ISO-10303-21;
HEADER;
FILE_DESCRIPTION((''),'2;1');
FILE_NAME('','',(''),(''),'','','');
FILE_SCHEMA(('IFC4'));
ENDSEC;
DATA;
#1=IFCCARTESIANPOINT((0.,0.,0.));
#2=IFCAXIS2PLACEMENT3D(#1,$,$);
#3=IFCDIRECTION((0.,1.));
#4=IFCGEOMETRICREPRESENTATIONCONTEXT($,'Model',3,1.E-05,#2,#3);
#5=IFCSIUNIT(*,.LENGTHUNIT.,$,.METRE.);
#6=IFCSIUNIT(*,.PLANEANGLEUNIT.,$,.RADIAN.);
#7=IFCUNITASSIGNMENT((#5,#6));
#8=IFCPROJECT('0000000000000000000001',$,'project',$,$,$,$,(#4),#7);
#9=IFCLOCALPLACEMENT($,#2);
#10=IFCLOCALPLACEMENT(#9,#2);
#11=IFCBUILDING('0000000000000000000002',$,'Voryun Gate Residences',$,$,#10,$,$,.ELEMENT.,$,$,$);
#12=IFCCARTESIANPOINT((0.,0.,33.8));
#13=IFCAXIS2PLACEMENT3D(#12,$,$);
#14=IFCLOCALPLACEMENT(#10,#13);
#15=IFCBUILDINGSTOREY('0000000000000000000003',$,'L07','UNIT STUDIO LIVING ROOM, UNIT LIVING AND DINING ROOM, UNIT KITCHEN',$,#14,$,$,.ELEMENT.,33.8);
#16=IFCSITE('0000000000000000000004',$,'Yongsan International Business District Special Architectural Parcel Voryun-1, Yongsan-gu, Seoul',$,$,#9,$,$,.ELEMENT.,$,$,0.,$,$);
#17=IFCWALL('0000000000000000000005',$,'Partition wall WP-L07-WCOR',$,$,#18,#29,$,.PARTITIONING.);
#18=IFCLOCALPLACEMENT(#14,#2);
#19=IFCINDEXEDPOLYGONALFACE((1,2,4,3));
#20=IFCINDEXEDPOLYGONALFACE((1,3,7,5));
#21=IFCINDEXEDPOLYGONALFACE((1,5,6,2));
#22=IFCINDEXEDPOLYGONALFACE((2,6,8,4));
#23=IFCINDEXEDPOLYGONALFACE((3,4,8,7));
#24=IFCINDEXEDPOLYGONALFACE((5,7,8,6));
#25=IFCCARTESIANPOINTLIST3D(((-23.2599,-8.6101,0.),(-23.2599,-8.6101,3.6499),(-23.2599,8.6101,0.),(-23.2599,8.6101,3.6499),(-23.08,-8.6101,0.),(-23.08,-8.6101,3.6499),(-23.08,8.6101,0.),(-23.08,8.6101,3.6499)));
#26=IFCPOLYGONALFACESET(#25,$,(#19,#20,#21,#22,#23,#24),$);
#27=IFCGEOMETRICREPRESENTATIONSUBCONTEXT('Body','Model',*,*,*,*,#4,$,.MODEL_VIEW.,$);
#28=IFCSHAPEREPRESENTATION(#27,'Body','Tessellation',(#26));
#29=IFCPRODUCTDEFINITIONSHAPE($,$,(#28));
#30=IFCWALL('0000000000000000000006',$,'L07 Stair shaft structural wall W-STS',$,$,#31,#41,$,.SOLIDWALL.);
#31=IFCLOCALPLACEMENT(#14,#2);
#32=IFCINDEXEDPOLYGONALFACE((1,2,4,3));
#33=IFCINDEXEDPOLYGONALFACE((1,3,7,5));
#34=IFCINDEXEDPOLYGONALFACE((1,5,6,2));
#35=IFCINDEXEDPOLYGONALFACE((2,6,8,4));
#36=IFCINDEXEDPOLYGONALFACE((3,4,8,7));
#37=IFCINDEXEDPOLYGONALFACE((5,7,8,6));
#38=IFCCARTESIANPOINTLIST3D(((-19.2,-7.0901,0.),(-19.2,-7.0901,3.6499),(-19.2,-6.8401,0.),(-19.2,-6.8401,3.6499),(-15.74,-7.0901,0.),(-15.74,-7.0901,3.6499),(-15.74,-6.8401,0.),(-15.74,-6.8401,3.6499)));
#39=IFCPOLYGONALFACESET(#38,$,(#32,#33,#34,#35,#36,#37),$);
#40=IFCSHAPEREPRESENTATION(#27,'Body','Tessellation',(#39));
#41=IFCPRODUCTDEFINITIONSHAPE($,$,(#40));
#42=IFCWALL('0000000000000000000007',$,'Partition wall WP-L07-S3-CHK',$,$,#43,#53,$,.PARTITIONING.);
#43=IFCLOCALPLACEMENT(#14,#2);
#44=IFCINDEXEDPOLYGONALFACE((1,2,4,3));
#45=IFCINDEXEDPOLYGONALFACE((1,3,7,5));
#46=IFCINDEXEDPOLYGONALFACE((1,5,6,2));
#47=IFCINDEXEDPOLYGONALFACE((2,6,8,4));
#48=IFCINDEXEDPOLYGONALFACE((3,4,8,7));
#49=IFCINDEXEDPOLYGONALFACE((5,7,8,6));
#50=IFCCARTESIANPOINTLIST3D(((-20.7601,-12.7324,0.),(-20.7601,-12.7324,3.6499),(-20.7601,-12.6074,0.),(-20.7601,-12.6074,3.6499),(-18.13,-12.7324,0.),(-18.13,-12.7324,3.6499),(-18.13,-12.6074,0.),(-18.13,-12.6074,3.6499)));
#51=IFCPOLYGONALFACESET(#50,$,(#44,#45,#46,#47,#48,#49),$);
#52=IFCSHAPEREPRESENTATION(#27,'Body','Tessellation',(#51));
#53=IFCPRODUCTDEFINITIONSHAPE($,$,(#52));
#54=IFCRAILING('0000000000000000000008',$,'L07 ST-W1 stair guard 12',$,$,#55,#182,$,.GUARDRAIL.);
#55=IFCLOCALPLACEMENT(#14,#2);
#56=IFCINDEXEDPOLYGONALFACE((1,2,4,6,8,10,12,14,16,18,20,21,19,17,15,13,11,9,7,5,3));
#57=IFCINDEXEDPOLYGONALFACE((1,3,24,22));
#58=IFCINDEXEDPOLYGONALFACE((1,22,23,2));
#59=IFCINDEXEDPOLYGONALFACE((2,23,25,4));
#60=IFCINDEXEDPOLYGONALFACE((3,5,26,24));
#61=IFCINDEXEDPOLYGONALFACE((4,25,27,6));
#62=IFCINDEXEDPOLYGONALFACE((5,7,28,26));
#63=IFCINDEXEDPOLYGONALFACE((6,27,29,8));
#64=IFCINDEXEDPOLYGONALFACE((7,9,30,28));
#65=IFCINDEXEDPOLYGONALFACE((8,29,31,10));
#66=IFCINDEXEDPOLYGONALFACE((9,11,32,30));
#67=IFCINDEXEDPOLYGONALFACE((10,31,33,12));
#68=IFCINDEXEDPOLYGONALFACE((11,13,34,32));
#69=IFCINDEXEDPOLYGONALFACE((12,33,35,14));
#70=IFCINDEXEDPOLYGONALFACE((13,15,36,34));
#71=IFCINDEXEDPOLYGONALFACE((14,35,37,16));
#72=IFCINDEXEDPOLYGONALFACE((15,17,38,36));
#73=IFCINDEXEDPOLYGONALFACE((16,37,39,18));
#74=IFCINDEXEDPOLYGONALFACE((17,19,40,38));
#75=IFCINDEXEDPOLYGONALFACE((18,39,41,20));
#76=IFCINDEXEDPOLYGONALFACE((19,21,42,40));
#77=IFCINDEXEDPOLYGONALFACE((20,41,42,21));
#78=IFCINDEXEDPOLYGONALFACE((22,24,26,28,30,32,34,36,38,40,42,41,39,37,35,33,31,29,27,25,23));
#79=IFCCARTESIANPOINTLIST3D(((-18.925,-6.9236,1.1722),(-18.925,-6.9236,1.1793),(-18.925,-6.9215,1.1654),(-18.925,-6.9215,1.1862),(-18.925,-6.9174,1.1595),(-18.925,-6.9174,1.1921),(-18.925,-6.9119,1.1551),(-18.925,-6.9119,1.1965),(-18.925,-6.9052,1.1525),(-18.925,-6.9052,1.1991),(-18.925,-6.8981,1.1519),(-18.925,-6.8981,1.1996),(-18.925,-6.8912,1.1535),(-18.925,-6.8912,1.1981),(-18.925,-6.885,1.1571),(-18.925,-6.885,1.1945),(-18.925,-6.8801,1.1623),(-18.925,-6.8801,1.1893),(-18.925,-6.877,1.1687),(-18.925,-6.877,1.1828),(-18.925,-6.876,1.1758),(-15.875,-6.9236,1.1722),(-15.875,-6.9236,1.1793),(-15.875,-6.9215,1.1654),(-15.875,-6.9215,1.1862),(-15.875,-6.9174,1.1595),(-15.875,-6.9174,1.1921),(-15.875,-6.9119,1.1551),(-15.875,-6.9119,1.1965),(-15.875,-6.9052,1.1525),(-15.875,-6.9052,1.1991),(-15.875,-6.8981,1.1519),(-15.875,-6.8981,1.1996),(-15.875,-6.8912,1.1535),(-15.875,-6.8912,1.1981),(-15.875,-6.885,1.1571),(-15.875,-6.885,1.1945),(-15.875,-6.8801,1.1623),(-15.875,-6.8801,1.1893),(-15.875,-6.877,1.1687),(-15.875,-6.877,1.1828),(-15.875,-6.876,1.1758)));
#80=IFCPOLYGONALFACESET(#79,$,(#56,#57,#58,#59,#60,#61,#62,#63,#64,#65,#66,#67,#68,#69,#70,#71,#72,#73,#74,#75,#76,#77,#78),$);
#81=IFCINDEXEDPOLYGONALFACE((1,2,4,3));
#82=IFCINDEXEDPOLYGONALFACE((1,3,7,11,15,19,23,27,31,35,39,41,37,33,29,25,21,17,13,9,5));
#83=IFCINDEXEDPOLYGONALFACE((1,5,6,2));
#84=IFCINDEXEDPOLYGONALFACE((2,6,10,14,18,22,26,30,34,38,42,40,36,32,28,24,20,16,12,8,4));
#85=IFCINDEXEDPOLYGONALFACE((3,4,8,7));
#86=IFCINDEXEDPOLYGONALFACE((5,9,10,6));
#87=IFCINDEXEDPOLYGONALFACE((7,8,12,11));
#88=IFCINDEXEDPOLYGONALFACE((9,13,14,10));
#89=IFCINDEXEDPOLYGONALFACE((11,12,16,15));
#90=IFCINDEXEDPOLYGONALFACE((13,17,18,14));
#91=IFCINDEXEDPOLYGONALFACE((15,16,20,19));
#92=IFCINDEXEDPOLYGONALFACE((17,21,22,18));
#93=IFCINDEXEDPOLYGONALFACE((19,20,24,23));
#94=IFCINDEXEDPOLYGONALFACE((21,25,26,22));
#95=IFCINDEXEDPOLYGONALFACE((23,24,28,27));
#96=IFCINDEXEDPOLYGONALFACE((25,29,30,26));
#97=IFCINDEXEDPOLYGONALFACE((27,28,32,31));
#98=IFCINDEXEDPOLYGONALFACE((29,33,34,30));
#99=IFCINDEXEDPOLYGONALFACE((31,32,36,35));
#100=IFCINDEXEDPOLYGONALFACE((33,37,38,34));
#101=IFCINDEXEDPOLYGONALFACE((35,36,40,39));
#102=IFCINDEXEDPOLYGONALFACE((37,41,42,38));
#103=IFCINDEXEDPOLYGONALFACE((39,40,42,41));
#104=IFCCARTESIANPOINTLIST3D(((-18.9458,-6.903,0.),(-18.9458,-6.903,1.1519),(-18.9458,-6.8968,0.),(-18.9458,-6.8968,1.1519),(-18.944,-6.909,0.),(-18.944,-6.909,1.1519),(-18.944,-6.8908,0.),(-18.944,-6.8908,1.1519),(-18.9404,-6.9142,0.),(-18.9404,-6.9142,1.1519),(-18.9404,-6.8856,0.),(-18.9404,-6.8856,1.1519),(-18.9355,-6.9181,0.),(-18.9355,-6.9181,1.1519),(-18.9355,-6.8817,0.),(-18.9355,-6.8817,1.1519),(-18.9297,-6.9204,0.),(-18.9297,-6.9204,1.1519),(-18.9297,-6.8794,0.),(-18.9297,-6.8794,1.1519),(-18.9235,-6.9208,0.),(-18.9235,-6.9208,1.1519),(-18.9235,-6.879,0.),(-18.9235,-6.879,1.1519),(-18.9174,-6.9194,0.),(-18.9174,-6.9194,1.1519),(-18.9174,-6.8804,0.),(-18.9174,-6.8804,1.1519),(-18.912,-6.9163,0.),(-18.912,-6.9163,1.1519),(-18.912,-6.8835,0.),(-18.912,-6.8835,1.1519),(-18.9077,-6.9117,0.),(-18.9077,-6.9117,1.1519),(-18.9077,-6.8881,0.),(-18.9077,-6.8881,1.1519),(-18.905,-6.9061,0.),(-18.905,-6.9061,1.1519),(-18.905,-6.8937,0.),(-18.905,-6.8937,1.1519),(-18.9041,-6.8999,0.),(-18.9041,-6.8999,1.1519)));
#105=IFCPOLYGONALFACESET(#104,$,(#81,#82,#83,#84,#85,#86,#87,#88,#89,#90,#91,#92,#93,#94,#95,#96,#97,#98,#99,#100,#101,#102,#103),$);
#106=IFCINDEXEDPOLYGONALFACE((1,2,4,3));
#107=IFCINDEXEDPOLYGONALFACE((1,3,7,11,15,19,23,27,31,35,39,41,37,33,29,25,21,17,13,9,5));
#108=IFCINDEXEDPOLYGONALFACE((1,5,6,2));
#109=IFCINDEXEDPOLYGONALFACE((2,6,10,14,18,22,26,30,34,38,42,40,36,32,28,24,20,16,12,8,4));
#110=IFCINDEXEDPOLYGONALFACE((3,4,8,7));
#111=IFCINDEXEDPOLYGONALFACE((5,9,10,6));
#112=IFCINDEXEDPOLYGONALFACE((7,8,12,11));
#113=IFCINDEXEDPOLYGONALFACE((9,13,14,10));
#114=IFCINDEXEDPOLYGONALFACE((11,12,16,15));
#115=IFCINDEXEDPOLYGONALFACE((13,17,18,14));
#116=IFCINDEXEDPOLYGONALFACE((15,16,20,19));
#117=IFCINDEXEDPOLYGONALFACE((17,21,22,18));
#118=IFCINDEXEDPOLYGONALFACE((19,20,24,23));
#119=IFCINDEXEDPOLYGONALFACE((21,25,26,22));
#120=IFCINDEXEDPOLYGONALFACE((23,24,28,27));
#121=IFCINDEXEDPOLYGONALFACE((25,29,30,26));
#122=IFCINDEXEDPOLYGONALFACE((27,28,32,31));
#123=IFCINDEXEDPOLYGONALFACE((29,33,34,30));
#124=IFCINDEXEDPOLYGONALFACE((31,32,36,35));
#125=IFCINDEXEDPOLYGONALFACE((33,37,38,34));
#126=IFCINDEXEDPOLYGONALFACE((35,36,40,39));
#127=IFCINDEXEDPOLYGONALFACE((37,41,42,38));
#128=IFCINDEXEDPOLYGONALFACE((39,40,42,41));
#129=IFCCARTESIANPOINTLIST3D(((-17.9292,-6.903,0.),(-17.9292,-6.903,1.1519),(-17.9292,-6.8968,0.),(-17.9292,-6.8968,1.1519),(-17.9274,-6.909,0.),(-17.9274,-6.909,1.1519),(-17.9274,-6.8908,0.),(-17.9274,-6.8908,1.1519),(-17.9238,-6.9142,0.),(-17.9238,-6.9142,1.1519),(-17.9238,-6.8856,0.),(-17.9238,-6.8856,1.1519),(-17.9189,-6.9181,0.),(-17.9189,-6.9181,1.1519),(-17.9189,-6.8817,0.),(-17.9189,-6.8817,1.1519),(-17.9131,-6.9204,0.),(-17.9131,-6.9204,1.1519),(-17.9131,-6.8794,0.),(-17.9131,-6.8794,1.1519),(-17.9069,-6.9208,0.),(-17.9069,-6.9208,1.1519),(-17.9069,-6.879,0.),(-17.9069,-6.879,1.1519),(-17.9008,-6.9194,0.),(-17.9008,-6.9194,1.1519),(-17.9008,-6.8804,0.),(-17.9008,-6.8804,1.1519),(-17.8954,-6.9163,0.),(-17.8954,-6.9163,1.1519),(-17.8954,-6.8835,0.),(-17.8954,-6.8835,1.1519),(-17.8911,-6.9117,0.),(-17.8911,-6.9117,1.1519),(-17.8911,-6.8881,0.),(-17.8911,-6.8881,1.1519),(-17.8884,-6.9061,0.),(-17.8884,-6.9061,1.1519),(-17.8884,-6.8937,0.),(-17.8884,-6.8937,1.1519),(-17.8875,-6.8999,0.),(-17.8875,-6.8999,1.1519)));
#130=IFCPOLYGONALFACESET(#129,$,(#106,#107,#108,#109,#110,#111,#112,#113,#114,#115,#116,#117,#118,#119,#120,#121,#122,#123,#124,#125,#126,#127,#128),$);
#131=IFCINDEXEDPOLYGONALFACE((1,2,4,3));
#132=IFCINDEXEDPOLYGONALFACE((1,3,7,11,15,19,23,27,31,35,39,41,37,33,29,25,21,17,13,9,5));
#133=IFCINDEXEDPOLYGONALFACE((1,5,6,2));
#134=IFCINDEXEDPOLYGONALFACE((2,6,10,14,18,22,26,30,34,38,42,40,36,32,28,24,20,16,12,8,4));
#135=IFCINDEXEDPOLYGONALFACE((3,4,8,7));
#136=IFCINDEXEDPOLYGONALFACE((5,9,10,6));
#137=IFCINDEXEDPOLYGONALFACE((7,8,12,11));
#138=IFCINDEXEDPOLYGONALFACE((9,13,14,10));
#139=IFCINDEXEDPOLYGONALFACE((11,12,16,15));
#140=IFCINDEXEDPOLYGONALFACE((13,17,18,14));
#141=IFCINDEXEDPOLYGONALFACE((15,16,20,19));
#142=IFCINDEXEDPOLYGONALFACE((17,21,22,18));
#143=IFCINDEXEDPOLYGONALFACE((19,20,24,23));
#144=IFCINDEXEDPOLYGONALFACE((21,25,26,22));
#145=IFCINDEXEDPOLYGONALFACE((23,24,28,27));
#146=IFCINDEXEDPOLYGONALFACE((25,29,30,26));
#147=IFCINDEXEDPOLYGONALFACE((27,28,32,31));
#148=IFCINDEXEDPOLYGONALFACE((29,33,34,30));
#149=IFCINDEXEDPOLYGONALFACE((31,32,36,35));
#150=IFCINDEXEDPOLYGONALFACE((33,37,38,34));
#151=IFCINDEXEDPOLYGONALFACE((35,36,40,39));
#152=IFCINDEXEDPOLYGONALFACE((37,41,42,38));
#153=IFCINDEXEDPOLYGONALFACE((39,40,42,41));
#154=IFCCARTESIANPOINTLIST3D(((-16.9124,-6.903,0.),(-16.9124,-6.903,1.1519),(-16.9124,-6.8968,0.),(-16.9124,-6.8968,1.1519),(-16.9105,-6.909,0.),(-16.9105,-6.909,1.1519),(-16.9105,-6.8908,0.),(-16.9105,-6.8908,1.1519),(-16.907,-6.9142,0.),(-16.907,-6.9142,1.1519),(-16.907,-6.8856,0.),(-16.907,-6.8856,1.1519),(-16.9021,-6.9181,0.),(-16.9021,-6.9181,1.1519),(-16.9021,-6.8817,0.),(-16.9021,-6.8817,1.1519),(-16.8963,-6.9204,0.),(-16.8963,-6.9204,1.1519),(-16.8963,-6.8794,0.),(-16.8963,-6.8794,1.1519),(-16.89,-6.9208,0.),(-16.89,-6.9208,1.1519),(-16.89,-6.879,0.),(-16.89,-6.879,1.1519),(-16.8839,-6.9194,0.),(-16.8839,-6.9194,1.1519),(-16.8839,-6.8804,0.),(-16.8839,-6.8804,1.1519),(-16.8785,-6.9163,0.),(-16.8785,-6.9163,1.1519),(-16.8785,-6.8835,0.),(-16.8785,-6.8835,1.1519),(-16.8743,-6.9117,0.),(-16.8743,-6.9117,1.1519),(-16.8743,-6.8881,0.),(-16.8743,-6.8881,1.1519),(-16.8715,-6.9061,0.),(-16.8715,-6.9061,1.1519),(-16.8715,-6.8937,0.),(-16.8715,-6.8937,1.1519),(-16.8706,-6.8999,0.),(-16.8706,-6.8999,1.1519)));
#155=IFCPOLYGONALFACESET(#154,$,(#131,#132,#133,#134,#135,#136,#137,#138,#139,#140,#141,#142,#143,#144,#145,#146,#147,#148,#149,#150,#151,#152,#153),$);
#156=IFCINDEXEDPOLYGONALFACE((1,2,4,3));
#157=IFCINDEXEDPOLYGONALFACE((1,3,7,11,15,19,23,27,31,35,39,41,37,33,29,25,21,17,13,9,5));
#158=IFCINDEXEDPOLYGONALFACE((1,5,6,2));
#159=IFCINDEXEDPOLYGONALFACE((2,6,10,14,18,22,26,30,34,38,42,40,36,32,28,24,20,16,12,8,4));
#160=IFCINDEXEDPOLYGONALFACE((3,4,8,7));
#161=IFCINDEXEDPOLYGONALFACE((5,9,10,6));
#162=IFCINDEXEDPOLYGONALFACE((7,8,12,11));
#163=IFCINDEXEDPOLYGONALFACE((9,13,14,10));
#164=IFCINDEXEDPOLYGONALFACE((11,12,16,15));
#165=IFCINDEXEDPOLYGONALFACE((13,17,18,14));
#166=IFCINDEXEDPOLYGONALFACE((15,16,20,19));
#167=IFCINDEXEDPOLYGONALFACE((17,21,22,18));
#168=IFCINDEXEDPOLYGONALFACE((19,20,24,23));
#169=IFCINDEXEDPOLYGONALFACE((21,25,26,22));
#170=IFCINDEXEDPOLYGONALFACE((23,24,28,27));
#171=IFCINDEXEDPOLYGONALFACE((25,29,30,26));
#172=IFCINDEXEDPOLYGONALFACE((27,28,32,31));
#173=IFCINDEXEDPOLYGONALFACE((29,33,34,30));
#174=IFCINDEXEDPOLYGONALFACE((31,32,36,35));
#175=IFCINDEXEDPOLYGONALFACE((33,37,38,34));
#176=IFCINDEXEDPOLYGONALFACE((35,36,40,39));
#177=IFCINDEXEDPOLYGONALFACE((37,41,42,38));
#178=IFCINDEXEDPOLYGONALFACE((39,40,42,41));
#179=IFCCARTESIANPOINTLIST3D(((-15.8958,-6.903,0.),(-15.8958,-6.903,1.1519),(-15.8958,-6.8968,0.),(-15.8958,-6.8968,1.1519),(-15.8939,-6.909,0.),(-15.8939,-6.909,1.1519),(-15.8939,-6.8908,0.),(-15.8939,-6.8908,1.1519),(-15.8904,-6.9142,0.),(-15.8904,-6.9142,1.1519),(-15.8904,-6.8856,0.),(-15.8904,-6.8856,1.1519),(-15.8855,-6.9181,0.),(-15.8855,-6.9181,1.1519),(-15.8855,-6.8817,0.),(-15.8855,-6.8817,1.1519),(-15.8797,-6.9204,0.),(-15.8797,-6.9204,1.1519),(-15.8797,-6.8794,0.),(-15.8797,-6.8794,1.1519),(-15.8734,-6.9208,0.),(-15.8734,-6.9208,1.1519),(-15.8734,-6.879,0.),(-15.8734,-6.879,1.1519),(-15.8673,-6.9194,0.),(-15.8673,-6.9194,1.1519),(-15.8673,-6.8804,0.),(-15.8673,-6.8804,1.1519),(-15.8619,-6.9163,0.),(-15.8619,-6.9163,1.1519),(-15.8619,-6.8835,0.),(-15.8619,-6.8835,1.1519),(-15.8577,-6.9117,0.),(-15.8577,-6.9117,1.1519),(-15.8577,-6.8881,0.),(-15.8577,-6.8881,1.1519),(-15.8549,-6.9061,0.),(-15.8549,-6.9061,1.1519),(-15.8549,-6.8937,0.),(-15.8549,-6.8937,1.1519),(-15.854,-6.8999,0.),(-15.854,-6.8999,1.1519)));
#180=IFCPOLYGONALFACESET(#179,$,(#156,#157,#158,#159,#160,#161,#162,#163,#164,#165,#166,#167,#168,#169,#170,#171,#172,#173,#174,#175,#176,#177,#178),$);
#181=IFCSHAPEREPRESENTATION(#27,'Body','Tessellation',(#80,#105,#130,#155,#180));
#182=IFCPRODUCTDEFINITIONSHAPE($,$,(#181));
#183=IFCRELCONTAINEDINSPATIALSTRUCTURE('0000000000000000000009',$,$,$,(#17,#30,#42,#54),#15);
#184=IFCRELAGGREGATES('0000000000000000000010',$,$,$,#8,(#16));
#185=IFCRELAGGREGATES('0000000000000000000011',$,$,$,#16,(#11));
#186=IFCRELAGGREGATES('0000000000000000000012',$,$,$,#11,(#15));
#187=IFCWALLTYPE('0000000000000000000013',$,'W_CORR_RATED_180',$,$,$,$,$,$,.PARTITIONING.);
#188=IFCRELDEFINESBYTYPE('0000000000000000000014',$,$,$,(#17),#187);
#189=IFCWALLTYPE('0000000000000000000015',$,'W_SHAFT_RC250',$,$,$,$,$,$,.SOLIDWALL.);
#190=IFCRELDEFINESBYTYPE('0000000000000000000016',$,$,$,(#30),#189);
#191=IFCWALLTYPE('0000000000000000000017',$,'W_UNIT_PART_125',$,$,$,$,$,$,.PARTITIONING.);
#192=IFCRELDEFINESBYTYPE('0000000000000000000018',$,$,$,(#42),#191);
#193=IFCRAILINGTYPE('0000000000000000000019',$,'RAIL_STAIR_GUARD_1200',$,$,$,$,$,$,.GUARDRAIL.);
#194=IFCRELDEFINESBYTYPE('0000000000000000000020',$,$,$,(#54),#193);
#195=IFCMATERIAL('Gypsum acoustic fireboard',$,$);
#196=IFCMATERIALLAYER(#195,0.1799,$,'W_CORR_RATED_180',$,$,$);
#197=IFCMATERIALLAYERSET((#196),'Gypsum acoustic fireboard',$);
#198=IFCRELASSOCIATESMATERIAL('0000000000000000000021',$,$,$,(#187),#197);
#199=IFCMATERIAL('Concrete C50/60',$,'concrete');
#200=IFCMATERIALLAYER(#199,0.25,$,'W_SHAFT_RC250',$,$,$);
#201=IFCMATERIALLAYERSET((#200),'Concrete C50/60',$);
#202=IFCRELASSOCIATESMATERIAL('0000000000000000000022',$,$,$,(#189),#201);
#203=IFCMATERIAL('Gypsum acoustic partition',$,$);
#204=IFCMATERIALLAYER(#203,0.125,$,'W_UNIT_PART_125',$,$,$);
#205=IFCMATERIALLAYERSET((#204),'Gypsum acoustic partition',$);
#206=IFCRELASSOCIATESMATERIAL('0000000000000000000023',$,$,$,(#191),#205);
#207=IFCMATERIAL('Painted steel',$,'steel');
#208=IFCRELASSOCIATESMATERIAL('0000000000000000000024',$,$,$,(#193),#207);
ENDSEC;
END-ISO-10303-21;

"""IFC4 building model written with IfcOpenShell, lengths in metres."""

from ifc_helpers import new_model, si_unit, direction, frame, frame_2d, origin, origin_2d, place, context, subcontext, project, spatial, rectangle, circle, extrude, material, layer, layer_set, type_object, element, save


model = new_model("IFC4")

# Units and contexts
model_context = context("Model", 3, precision=1e-05, world=origin(), true_north=direction((0.0, 1.0)))
body_context = subcontext(model_context, "Body", "Model", "MODEL_VIEW")
ifc_project = project(units=[si_unit("LENGTHUNIT", "METRE"), si_unit("PLANEANGLEUNIT", "RADIAN")], contexts=[model_context])

# Site, building, storey
site_placement = place(None, origin())
site = spatial("IfcSite", under=ifc_project, at=site_placement, Name="Yongsan International Business District Special Architectural Parcel Voryun-1, Yongsan-gu, Seoul", CompositionType="ELEMENT", RefElevation=0.0)
building_placement = place(site_placement, origin())
building = spatial("IfcBuilding", under=site, at=building_placement, Name="Voryun Gate Residences", CompositionType="ELEMENT")
storey_placement = place(building_placement, frame((0.0, 0.0, 33.8)))
storey = spatial("IfcBuildingStorey", under=building, at=storey_placement, Name="L07", Description="UNIT STUDIO LIVING ROOM, UNIT LIVING AND DINING ROOM, UNIT KITCHEN", CompositionType="ELEMENT", Elevation=33.8)

# Walls
ifc_material_1 = material(Name="Gypsum acoustic fireboard")
ifc_layer_1 = layer(ifc_material_1, 0.1799, Name="W_CORR_RATED_180")
ifc_layer_set_1 = layer_set([ifc_layer_1], Name="Gypsum acoustic fireboard")
wall_type_1 = type_object("IfcWallType", Name="W_CORR_RATED_180", PredefinedType="PARTITIONING", material=ifc_layer_set_1)
wall_1_placement = place(storey_placement, frame((-23.1699, -8.6101, 0.0), z_axis=(0.0, 0.0, 1.0), x_axis=(0.0, 1.0, 0.0)))
element("IfcWall", 1, at=wall_1_placement, inside=storey, type_object=wall_type_1, Name="Partition wall WP-L07-WCOR", PredefinedType="PARTITIONING", context=body_context, shape_type="SweptSolid", body=[
    extrude(rectangle(XDim=17.2202, YDim=0.1799, at=frame_2d((8.6101, 0.0))), origin(), (0.0, 0.0, 1.0), 3.6499),
])
ifc_material_2 = material(Name="Concrete C50/60", Category="concrete")
ifc_layer_2 = layer(ifc_material_2, 0.25, Name="W_SHAFT_RC250")
ifc_layer_set_2 = layer_set([ifc_layer_2], Name="Concrete C50/60")
wall_type_2 = type_object("IfcWallType", Name="W_SHAFT_RC250", PredefinedType="SOLIDWALL", material=ifc_layer_set_2)
wall_2_placement = place(storey_placement, frame((-19.2, -6.9651, 0.0), z_axis=(0.0, 0.0, 1.0), x_axis=(1.0, 0.0, 0.0)))
element("IfcWall", 2, at=wall_2_placement, inside=storey, type_object=wall_type_2, Name="L07 Stair shaft structural wall W-STS", PredefinedType="SOLIDWALL", context=body_context, shape_type="SweptSolid", body=[
    extrude(rectangle(XDim=3.46, YDim=0.25, at=frame_2d((1.73, 0.0))), origin(), (0.0, 0.0, 1.0), 3.6499),
])
ifc_material_3 = material(Name="Gypsum acoustic partition")
ifc_layer_3 = layer(ifc_material_3, 0.125, Name="W_UNIT_PART_125")
ifc_layer_set_3 = layer_set([ifc_layer_3], Name="Gypsum acoustic partition")
wall_type_3 = type_object("IfcWallType", Name="W_UNIT_PART_125", PredefinedType="PARTITIONING", material=ifc_layer_set_3)
wall_3_placement = place(storey_placement, frame((-20.76, -12.6699, 0.0), z_axis=(0.0, 0.0, 1.0), x_axis=(1.0, 0.0, 0.0)))
element("IfcWall", 3, at=wall_3_placement, inside=storey, type_object=wall_type_3, Name="Partition wall WP-L07-S3-CHK", PredefinedType="PARTITIONING", context=body_context, shape_type="SweptSolid", body=[
    extrude(rectangle(XDim=2.6301, YDim=0.125, at=frame_2d((1.3149, 0.0))), origin(), (0.0, 0.0, 1.0), 3.6499),
])

# Railing
ifc_material_4 = material(Name="Painted steel", Category="steel")
railing_type = type_object("IfcRailingType", Name="RAIL_STAIR_GUARD_1200", PredefinedType="GUARDRAIL", material=ifc_material_4)
railing_placement = place(storey_placement, frame((-18.925, -6.8999, 0.0)))
element("IfcRailing", 4, at=railing_placement, inside=storey, type_object=railing_type, Name="L07 ST-W1 stair guard 12", PredefinedType="GUARDRAIL", context=body_context, shape_type="SweptSolid", body=[
    extrude(circle(Radius=0.0239, at=origin_2d()), frame((0.0, 0.0, 1.1758), z_axis=(1.0, 0.0, 0.0), x_axis=(0.0, 1.0, 0.0)), (0.0, 0.0, 1.0), 3.05),
    extrude(circle(Radius=0.021, at=origin_2d()), origin(), (0.0, 0.0, 1.0), 1.1519),
    extrude(circle(Radius=0.021, at=origin_2d()), frame((1.0166, 0.0, 0.0)), (0.0, 0.0, 1.0), 1.1519),
    extrude(circle(Radius=0.021, at=origin_2d()), frame((2.0334, 0.0, 0.0)), (0.0, 0.0, 1.0), 1.1519),
    extrude(circle(Radius=0.021, at=origin_2d()), frame((3.05, 0.0, 0.0)), (0.0, 0.0, 1.0), 1.1519),
])

save(model, "model.ifc")
